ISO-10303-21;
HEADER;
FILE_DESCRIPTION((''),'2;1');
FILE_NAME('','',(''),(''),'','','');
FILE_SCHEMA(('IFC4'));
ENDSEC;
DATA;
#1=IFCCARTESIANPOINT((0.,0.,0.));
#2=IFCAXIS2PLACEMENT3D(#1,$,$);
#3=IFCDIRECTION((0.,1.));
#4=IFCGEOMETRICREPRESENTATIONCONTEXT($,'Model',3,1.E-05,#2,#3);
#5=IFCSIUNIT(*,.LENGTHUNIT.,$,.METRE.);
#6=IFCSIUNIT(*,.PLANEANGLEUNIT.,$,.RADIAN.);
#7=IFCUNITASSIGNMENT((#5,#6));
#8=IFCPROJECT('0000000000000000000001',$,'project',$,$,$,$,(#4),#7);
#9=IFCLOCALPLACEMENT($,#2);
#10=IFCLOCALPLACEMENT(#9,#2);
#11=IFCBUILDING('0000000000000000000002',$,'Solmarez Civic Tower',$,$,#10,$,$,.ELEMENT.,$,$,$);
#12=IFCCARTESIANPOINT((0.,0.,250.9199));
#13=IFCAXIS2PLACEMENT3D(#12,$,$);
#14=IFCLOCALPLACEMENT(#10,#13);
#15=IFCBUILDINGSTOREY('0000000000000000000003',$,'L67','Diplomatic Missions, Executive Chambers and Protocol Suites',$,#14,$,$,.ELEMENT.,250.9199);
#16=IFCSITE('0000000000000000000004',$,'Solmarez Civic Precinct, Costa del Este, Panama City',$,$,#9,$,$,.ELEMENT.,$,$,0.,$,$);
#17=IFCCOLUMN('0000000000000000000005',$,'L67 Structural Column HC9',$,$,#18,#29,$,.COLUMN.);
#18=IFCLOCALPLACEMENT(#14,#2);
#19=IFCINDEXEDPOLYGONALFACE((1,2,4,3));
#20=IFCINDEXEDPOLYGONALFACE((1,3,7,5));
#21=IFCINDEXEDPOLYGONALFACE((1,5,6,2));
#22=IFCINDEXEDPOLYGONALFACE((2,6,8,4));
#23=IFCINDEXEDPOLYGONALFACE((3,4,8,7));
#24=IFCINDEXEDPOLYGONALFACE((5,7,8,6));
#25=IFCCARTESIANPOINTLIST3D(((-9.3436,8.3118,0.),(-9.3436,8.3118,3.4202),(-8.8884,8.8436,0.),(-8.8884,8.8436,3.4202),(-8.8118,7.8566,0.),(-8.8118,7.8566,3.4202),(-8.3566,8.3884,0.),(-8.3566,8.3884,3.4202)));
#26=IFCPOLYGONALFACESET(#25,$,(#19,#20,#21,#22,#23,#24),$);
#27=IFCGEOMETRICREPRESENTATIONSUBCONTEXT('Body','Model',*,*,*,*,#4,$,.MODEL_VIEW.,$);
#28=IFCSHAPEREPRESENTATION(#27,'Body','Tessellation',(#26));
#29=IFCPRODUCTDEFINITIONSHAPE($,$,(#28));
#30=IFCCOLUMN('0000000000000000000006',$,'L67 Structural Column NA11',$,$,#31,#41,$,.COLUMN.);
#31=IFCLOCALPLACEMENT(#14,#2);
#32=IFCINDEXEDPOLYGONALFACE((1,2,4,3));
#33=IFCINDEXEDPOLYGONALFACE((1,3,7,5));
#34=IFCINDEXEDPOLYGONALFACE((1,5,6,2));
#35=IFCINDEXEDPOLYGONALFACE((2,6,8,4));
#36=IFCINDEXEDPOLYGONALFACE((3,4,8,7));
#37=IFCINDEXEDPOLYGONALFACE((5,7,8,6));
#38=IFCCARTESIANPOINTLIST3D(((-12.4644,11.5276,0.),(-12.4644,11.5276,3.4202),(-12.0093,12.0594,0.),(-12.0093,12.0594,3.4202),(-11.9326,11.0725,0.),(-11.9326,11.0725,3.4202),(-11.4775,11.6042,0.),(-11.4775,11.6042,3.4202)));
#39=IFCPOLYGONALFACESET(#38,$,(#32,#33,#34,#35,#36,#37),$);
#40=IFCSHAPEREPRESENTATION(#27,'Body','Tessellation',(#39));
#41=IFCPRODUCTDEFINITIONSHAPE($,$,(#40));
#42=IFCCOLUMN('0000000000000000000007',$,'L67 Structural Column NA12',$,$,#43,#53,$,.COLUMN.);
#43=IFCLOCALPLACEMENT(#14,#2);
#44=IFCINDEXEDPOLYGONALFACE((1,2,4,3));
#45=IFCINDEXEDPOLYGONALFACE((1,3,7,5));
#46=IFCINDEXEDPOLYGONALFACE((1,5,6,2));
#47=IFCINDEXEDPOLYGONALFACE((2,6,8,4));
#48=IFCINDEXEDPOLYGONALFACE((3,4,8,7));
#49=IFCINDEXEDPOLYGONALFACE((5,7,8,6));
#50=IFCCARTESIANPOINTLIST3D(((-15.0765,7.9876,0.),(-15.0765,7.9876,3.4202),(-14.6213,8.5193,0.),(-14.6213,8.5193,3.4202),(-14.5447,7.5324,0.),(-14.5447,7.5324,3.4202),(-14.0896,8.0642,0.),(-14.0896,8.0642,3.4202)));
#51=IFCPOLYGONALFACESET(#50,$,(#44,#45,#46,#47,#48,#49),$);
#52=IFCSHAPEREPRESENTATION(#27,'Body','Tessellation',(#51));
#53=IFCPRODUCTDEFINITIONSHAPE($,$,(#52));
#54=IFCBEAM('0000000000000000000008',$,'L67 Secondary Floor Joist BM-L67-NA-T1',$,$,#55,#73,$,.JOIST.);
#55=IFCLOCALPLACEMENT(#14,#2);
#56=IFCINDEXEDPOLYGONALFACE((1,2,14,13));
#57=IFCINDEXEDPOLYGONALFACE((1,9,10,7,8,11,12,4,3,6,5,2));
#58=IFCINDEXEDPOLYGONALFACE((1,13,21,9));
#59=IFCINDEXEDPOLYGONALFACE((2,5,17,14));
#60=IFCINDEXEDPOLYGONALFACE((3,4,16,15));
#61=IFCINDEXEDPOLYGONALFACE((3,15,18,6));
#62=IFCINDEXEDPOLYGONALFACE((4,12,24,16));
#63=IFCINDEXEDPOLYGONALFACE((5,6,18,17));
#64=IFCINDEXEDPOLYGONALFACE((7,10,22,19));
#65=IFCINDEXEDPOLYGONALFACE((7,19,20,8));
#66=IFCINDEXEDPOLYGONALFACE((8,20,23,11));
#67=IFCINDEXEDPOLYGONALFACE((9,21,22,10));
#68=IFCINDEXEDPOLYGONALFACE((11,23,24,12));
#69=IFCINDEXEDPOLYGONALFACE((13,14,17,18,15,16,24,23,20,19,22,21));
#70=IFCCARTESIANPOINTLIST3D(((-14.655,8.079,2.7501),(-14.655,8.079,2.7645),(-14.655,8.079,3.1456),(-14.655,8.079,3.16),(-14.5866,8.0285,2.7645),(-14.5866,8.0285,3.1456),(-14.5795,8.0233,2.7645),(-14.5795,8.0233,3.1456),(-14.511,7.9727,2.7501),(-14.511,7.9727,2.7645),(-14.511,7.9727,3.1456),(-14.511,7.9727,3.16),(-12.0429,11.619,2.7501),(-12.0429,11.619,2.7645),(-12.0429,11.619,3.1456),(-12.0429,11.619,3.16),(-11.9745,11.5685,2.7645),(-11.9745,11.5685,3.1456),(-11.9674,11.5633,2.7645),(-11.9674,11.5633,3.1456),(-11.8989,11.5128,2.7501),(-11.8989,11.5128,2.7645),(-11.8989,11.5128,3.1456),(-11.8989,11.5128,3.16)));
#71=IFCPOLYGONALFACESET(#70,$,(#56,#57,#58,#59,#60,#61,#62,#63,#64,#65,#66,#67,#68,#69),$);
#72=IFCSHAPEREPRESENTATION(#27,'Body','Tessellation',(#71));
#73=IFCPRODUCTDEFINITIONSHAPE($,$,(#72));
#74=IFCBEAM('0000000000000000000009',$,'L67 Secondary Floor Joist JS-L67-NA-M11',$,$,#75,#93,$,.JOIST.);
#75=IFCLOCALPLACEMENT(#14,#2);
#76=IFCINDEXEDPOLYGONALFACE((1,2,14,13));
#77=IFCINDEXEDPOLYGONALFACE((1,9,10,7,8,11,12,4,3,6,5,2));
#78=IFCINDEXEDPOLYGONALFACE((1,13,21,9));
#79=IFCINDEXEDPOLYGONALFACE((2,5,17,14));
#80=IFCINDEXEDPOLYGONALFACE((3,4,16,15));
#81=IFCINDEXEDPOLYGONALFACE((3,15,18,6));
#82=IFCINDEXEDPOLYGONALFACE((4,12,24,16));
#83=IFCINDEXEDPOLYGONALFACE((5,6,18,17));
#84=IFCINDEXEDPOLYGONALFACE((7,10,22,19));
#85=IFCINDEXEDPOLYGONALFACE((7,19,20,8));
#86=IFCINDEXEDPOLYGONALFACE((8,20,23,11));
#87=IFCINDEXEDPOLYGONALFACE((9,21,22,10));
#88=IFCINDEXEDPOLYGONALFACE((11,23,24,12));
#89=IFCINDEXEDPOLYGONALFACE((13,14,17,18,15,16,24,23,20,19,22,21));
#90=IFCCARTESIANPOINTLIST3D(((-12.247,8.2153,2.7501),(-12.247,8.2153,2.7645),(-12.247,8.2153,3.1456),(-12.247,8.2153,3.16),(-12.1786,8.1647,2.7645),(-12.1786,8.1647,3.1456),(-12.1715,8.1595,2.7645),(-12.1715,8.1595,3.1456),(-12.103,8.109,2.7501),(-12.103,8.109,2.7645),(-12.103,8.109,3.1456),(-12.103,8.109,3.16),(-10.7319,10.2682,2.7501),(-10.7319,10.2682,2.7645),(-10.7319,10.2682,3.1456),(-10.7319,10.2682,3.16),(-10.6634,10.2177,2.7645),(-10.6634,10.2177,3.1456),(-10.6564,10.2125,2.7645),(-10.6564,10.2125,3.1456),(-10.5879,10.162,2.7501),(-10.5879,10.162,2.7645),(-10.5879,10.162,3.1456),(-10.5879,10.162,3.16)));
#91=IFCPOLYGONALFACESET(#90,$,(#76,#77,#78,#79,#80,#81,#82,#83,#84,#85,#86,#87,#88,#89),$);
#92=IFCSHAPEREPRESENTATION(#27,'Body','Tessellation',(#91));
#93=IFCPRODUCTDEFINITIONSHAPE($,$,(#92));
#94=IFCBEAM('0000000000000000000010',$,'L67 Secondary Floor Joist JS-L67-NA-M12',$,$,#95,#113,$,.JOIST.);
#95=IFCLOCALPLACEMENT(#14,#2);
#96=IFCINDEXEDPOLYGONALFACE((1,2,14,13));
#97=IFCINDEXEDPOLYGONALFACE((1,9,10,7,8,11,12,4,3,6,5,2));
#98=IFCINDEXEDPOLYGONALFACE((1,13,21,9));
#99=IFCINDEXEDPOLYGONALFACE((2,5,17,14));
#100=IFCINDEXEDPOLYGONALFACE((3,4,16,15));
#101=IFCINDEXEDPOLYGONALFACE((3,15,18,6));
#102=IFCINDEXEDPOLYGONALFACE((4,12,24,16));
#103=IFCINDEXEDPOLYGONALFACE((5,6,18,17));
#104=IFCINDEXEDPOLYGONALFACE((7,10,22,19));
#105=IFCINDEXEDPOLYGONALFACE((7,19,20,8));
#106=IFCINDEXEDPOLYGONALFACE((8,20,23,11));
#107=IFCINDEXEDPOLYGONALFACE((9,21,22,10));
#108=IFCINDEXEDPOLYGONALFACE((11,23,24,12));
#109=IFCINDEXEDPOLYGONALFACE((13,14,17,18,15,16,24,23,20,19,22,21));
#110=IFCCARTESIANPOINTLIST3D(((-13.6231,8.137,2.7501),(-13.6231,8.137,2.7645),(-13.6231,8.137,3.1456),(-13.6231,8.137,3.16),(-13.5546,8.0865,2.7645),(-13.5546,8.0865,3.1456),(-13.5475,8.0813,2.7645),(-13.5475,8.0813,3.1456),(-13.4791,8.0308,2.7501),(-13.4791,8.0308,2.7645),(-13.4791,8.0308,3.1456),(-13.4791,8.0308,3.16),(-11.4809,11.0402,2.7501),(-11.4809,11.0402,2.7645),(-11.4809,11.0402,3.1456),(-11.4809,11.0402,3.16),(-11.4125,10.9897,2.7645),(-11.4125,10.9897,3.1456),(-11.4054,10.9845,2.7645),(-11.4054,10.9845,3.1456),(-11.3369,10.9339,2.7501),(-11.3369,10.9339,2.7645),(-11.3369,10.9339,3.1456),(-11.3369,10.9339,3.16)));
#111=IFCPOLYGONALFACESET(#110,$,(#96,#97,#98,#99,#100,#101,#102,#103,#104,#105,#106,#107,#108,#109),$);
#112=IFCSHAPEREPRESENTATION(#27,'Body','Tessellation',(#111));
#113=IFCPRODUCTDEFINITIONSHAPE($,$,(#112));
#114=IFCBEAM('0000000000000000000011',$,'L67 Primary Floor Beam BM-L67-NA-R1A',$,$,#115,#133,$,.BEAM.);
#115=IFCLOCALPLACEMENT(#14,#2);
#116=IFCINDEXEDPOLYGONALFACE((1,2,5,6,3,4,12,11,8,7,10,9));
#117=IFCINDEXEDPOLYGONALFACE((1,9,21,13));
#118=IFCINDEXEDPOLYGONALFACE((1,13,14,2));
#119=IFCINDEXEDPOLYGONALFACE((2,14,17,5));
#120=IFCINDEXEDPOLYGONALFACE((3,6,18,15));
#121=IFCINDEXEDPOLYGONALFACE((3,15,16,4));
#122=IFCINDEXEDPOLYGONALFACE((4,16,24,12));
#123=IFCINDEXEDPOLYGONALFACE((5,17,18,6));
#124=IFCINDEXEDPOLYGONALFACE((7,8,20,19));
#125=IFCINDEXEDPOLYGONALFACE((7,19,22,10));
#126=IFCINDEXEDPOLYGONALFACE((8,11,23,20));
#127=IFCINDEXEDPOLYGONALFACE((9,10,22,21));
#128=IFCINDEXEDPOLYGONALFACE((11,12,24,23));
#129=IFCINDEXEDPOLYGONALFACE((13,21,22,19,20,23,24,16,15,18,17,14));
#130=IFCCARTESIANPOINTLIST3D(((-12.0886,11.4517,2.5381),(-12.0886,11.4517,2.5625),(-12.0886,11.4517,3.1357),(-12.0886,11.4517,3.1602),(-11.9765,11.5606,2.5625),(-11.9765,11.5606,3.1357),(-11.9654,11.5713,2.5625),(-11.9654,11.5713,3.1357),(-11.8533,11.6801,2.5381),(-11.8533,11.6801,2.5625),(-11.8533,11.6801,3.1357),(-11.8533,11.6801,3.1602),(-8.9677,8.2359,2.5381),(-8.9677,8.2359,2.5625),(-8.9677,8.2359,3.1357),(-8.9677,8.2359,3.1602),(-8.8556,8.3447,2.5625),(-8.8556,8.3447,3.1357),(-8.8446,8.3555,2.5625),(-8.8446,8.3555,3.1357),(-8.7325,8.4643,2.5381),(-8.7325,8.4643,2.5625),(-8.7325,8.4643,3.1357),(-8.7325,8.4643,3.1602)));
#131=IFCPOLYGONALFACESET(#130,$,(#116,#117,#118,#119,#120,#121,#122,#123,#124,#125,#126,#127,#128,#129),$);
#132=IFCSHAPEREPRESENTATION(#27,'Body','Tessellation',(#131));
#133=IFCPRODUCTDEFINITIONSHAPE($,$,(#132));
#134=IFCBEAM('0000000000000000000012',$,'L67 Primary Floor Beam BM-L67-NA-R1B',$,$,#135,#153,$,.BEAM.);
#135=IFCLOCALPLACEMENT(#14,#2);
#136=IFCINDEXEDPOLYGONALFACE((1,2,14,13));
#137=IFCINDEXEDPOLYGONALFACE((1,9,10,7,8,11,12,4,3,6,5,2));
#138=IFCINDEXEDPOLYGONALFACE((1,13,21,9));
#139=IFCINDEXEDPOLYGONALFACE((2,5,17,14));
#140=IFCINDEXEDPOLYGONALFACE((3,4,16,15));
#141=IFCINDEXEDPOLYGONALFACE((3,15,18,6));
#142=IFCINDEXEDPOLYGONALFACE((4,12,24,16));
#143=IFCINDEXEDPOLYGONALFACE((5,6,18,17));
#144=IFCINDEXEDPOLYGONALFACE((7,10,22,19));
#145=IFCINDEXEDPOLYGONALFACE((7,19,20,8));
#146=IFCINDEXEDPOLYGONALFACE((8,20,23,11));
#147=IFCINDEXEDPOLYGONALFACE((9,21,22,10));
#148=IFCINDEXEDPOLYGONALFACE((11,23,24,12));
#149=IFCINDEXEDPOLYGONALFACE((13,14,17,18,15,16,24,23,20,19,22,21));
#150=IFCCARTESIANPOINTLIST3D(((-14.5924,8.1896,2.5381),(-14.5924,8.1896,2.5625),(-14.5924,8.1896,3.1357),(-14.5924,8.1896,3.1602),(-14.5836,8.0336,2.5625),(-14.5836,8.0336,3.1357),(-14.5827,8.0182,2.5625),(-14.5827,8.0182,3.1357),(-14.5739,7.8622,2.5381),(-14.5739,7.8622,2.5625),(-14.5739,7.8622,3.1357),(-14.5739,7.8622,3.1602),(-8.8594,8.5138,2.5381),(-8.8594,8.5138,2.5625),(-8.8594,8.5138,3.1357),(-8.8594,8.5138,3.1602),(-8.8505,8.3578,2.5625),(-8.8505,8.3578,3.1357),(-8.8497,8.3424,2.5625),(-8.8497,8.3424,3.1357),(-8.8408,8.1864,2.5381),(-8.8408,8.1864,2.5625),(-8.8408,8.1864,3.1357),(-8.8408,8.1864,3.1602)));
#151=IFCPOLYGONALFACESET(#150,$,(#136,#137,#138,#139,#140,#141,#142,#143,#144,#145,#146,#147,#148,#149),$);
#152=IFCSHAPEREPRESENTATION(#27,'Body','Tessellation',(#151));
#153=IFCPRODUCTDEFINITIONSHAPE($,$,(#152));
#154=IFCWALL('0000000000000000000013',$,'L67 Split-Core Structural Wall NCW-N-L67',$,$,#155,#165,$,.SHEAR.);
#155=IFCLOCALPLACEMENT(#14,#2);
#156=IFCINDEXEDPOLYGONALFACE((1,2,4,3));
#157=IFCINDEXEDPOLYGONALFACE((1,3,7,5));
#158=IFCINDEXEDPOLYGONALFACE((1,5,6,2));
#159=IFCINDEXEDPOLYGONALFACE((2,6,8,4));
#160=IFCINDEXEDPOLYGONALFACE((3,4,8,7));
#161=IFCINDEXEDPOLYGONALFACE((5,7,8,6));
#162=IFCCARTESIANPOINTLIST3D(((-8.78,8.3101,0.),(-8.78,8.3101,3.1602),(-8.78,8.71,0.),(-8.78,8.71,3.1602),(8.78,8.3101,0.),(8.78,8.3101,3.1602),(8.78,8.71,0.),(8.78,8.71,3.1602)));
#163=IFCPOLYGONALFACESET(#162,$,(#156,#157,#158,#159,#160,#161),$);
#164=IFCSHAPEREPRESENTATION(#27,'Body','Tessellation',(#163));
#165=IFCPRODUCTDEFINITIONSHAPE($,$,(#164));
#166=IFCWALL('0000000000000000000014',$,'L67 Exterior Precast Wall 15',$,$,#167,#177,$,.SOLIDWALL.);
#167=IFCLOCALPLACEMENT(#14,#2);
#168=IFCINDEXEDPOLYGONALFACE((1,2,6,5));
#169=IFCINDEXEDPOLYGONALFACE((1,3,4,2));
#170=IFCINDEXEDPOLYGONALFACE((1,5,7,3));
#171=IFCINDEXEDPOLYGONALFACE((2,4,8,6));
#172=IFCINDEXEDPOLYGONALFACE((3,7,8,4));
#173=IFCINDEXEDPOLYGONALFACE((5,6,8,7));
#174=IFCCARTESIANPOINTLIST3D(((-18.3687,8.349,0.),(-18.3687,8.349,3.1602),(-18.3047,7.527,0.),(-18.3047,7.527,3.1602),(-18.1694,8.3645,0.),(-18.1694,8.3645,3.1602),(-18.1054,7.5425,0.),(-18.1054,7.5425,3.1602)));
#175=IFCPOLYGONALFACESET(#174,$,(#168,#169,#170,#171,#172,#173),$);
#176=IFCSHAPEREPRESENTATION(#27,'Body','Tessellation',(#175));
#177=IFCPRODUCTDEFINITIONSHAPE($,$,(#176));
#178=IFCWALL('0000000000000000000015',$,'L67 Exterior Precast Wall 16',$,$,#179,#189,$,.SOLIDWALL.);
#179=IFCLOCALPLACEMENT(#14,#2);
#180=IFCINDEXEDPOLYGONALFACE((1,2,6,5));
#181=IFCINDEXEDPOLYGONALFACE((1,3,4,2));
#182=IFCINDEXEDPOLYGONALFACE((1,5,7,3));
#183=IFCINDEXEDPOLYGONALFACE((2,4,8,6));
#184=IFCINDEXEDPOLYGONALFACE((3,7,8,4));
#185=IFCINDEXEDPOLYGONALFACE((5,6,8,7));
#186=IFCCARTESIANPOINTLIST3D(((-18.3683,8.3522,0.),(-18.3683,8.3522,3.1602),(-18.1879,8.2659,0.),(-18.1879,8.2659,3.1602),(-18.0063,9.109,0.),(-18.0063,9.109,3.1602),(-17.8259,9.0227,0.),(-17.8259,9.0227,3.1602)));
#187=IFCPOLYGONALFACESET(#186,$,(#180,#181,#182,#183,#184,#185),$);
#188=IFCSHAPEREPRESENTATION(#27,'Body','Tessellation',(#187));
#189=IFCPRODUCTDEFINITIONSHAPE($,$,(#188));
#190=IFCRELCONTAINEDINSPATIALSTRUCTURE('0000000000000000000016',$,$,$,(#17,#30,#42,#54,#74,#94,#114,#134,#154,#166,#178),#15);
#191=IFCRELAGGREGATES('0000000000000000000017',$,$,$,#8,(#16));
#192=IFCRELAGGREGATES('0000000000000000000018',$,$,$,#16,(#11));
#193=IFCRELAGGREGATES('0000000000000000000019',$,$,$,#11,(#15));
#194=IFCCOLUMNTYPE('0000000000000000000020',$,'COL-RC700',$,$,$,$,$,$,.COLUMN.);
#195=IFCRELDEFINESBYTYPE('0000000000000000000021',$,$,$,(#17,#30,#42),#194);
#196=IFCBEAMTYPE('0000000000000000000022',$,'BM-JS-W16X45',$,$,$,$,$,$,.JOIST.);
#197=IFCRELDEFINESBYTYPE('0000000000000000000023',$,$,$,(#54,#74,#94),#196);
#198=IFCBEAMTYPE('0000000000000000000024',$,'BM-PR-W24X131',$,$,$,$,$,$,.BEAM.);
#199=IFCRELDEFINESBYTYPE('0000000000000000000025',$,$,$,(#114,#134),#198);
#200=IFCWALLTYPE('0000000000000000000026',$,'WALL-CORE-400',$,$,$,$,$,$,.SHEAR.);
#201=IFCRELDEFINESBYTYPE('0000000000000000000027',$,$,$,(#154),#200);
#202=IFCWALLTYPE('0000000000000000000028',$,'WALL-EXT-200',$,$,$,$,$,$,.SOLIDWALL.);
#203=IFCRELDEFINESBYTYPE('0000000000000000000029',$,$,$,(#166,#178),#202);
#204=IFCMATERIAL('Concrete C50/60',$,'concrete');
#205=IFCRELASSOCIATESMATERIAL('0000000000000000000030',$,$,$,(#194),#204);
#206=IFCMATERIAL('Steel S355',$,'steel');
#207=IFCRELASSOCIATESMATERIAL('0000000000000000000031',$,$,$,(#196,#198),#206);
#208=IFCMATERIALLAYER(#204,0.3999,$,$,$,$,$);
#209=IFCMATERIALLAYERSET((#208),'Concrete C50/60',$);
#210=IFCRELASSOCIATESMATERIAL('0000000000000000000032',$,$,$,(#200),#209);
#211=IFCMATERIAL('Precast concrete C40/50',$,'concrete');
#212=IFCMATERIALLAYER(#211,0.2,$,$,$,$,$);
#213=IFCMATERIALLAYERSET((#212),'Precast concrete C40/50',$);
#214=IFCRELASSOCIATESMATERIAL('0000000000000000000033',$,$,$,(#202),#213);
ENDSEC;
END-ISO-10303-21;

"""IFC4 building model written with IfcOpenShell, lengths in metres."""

from ifc_helpers import new_model, si_unit, direction, frame, frame_2d, origin, origin_2d, place, context, subcontext, project, spatial, rectangle, i_section, extrude, material, layer, layer_set, material_profile, profile_set, type_object, element, save


model = new_model("IFC4")

# Units and contexts
model_context = context("Model", 3, precision=1e-05, world=origin(), true_north=direction((0.0, 1.0)))
body_context = subcontext(model_context, "Body", "Model", "MODEL_VIEW")
ifc_project = project(units=[si_unit("LENGTHUNIT", "METRE"), si_unit("PLANEANGLEUNIT", "RADIAN")], contexts=[model_context])

# Site, building, storey
site_placement = place(None, origin())
site = spatial("IfcSite", under=ifc_project, at=site_placement, Name="Solmarez Civic Precinct, Costa del Este, Panama City", CompositionType="ELEMENT", RefElevation=0.0)
building_placement = place(site_placement, origin())
building = spatial("IfcBuilding", under=site, at=building_placement, Name="Solmarez Civic Tower", CompositionType="ELEMENT")
storey_placement = place(building_placement, frame((0.0, 0.0, 250.9199)))
storey = spatial("IfcBuildingStorey", under=building, at=storey_placement, Name="L67", Description="Diplomatic Missions, Executive Chambers and Protocol Suites", CompositionType="ELEMENT", Elevation=250.9199)

# Columns
ifc_material_1 = material(Name="Concrete C50/60", Category="concrete")
ifc_material_profile_1 = material_profile(ifc_material_1, rectangle(XDim=0.7, YDim=0.7, at=origin_2d()), Name="RC700X700")
ifc_profile_set_1 = profile_set([ifc_material_profile_1], Name="Concrete C50/60")
column_type = type_object("IfcColumnType", Name="COL-RC700", PredefinedType="COLUMN", material=ifc_profile_set_1)
for number, where, z_axis, x_axis, name in (
    (1, (-8.8501, 8.3501, 0.0), (0.0, 0.0, 1.0), (0.650244, 0.759725, 0.0), "L67 Structural Column HC9"),
    (2, (-11.9709, 11.5659, 0.0), (0.0, 0.0, 1.0), (0.650244, 0.759725, 0.0), "L67 Structural Column NA11"),
    (3, (-14.583, 8.0259, 0.0), (0.0, 0.0, 1.0), (0.650244, 0.759725, 0.0), "L67 Structural Column NA12"),
):
    element("IfcColumn", number, at=place(storey_placement, frame(where, z_axis=z_axis, x_axis=x_axis)), inside=storey, type_object=column_type, Name=name, PredefinedType="COLUMN", context=body_context, shape_type="SweptSolid", body=[
        extrude(rectangle(XDim=0.7, YDim=0.7, at=origin_2d()), origin(), (0.0, 0.0, 1.0), 3.4202),
    ])

# Beams
ifc_material_2 = material(Name="Steel S355", Category="steel")
ifc_material_profile_2 = material_profile(ifc_material_2, i_section(OverallWidth=0.179, OverallDepth=0.4099, WebThickness=0.0088, FlangeThickness=0.0144, at=origin_2d()), Name="W16X45")
ifc_profile_set_2 = profile_set([ifc_material_profile_2], Name="Steel S355")
beam_type_1 = type_object("IfcBeamType", Name="BM-JS-W16X45", PredefinedType="JOIST", material=ifc_profile_set_2)
beam_1_placement = place(storey_placement, frame((-11.9709, 11.5659, 2.9551), z_axis=(-0.593731, -0.804664, 0.0), x_axis=(0.804664, -0.593731, 0.0)))
element("IfcBeam", 4, at=beam_1_placement, inside=storey, type_object=beam_type_1, Name="L67 Secondary Floor Joist BM-L67-NA-T1", PredefinedType="JOIST", context=body_context, shape_type="SweptSolid", body=[
    extrude(i_section(OverallWidth=0.179, OverallDepth=0.4099, WebThickness=0.0088, FlangeThickness=0.0144, at=origin_2d()), origin(), (0.0, 0.0, 1.0), 4.3994),
])
beam_2_placement = place(storey_placement, frame((-10.6599, 10.2151, 2.9551), z_axis=(-0.593812, -0.804603, 0.0), x_axis=(0.804603, -0.593812, 0.0)))
element("IfcBeam", 5, at=beam_2_placement, inside=storey, type_object=beam_type_1, Name="L67 Secondary Floor Joist JS-L67-NA-M11", PredefinedType="JOIST", context=body_context, shape_type="SweptSolid", body=[
    extrude(i_section(OverallWidth=0.179, OverallDepth=0.4099, WebThickness=0.0088, FlangeThickness=0.0144, at=origin_2d()), origin(), (0.0, 0.0, 1.0), 2.5515),
])
beam_3_placement = place(storey_placement, frame((-11.4089, 10.9871, 2.9551), z_axis=(-0.593734, -0.804661, 0.0), x_axis=(0.804661, -0.593734, 0.0)))
element("IfcBeam", 6, at=beam_3_placement, inside=storey, type_object=beam_type_1, Name="L67 Secondary Floor Joist JS-L67-NA-M12", PredefinedType="JOIST", context=body_context, shape_type="SweptSolid", body=[
    extrude(i_section(OverallWidth=0.179, OverallDepth=0.4099, WebThickness=0.0088, FlangeThickness=0.0144, at=origin_2d()), origin(), (0.0, 0.0, 1.0), 3.6079),
])
ifc_material_profile_3 = material_profile(ifc_material_2, i_section(OverallWidth=0.3279, OverallDepth=0.6221, WebThickness=0.0154, FlangeThickness=0.0244, at=origin_2d()), Name="W24X131")
ifc_profile_set_3 = profile_set([ifc_material_profile_3], Name="Steel S355")
beam_type_2 = type_object("IfcBeamType", Name="BM-PR-W24X131", PredefinedType="BEAM", material=ifc_profile_set_3)
beam_4_placement = place(storey_placement, frame((-8.8501, 8.3501, 2.8491), z_axis=(-0.696431, 0.717624, 0.0), x_axis=(-0.717624, -0.696431, 0.0)))
element("IfcBeam", 7, at=beam_4_placement, inside=storey, type_object=beam_type_2, Name="L67 Primary Floor Beam BM-L67-NA-R1A", PredefinedType="BEAM", context=body_context, shape_type="SweptSolid", body=[
    extrude(i_section(OverallWidth=0.3279, OverallDepth=0.6221, WebThickness=0.0154, FlangeThickness=0.0244, at=origin_2d()), origin(), (0.0, 0.0, 1.0), 4.4812),
])
beam_5_placement = place(storey_placement, frame((-8.8501, 8.3501, 2.8491), z_axis=(-0.998405, -0.056464, 0.0), x_axis=(0.056464, -0.998405, 0.0)))
element("IfcBeam", 8, at=beam_5_placement, inside=storey, type_object=beam_type_2, Name="L67 Primary Floor Beam BM-L67-NA-R1B", PredefinedType="BEAM", context=body_context, shape_type="SweptSolid", body=[
    extrude(i_section(OverallWidth=0.3279, OverallDepth=0.6221, WebThickness=0.0154, FlangeThickness=0.0244, at=origin_2d()), origin(), (0.0, 0.0, 1.0), 5.7422),
])

# Walls
ifc_layer_1 = layer(ifc_material_1, 0.3999)
ifc_layer_set_1 = layer_set([ifc_layer_1], Name="Concrete C50/60")
wall_type_1 = type_object("IfcWallType", Name="WALL-CORE-400", PredefinedType="SHEAR", material=ifc_layer_set_1)
wall_1_placement = place(storey_placement, frame((-8.78, 8.51, 0.0), z_axis=(0.0, 0.0, 1.0), x_axis=(1.0, 0.0, 0.0)))
element("IfcWall", 9, at=wall_1_placement, inside=storey, type_object=wall_type_1, Name="L67 Split-Core Structural Wall NCW-N-L67", PredefinedType="SHEAR", context=body_context, shape_type="SweptSolid", body=[
    extrude(rectangle(XDim=17.5601, YDim=0.3999, at=frame_2d((8.78, 0.0))), origin(), (0.0, 0.0, 1.0), 3.1602),
])
ifc_material_3 = material(Name="Precast concrete C40/50", Category="concrete")
ifc_layer_2 = layer(ifc_material_3, 0.2)
ifc_layer_set_2 = layer_set([ifc_layer_2], Name="Precast concrete C40/50")
wall_type_2 = type_object("IfcWallType", Name="WALL-EXT-200", PredefinedType="SOLIDWALL", material=ifc_layer_set_2)
wall_2_placement = place(storey_placement, frame((-18.2051, 7.5349, 0.0), z_axis=(0.0, 0.0, 1.0), x_axis=(-0.07758, 0.996986, 0.0)))
element("IfcWall", 10, at=wall_2_placement, inside=storey, type_object=wall_type_2, Name="L67 Exterior Precast Wall 15", PredefinedType="SOLIDWALL", context=body_context, shape_type="SweptSolid", body=[
    extrude(rectangle(XDim=0.8245, YDim=0.2, at=frame_2d((0.4121, 0.0))), origin(), (0.0, 0.0, 1.0), 3.1602),
])
wall_3_placement = place(storey_placement, frame((-18.2781, 8.3091, 0.0), z_axis=(0.0, 0.0, 1.0), x_axis=(0.431548, 0.90209, 0.0)))
element("IfcWall", 11, at=wall_3_placement, inside=storey, type_object=wall_type_2, Name="L67 Exterior Precast Wall 16", PredefinedType="SOLIDWALL", context=body_context, shape_type="SweptSolid", body=[
    extrude(rectangle(XDim=0.8389, YDim=0.2, at=frame_2d((0.4194, 0.0))), origin(), (0.0, 0.0, 1.0), 3.1602),
])

save(model, "model.ifc")
